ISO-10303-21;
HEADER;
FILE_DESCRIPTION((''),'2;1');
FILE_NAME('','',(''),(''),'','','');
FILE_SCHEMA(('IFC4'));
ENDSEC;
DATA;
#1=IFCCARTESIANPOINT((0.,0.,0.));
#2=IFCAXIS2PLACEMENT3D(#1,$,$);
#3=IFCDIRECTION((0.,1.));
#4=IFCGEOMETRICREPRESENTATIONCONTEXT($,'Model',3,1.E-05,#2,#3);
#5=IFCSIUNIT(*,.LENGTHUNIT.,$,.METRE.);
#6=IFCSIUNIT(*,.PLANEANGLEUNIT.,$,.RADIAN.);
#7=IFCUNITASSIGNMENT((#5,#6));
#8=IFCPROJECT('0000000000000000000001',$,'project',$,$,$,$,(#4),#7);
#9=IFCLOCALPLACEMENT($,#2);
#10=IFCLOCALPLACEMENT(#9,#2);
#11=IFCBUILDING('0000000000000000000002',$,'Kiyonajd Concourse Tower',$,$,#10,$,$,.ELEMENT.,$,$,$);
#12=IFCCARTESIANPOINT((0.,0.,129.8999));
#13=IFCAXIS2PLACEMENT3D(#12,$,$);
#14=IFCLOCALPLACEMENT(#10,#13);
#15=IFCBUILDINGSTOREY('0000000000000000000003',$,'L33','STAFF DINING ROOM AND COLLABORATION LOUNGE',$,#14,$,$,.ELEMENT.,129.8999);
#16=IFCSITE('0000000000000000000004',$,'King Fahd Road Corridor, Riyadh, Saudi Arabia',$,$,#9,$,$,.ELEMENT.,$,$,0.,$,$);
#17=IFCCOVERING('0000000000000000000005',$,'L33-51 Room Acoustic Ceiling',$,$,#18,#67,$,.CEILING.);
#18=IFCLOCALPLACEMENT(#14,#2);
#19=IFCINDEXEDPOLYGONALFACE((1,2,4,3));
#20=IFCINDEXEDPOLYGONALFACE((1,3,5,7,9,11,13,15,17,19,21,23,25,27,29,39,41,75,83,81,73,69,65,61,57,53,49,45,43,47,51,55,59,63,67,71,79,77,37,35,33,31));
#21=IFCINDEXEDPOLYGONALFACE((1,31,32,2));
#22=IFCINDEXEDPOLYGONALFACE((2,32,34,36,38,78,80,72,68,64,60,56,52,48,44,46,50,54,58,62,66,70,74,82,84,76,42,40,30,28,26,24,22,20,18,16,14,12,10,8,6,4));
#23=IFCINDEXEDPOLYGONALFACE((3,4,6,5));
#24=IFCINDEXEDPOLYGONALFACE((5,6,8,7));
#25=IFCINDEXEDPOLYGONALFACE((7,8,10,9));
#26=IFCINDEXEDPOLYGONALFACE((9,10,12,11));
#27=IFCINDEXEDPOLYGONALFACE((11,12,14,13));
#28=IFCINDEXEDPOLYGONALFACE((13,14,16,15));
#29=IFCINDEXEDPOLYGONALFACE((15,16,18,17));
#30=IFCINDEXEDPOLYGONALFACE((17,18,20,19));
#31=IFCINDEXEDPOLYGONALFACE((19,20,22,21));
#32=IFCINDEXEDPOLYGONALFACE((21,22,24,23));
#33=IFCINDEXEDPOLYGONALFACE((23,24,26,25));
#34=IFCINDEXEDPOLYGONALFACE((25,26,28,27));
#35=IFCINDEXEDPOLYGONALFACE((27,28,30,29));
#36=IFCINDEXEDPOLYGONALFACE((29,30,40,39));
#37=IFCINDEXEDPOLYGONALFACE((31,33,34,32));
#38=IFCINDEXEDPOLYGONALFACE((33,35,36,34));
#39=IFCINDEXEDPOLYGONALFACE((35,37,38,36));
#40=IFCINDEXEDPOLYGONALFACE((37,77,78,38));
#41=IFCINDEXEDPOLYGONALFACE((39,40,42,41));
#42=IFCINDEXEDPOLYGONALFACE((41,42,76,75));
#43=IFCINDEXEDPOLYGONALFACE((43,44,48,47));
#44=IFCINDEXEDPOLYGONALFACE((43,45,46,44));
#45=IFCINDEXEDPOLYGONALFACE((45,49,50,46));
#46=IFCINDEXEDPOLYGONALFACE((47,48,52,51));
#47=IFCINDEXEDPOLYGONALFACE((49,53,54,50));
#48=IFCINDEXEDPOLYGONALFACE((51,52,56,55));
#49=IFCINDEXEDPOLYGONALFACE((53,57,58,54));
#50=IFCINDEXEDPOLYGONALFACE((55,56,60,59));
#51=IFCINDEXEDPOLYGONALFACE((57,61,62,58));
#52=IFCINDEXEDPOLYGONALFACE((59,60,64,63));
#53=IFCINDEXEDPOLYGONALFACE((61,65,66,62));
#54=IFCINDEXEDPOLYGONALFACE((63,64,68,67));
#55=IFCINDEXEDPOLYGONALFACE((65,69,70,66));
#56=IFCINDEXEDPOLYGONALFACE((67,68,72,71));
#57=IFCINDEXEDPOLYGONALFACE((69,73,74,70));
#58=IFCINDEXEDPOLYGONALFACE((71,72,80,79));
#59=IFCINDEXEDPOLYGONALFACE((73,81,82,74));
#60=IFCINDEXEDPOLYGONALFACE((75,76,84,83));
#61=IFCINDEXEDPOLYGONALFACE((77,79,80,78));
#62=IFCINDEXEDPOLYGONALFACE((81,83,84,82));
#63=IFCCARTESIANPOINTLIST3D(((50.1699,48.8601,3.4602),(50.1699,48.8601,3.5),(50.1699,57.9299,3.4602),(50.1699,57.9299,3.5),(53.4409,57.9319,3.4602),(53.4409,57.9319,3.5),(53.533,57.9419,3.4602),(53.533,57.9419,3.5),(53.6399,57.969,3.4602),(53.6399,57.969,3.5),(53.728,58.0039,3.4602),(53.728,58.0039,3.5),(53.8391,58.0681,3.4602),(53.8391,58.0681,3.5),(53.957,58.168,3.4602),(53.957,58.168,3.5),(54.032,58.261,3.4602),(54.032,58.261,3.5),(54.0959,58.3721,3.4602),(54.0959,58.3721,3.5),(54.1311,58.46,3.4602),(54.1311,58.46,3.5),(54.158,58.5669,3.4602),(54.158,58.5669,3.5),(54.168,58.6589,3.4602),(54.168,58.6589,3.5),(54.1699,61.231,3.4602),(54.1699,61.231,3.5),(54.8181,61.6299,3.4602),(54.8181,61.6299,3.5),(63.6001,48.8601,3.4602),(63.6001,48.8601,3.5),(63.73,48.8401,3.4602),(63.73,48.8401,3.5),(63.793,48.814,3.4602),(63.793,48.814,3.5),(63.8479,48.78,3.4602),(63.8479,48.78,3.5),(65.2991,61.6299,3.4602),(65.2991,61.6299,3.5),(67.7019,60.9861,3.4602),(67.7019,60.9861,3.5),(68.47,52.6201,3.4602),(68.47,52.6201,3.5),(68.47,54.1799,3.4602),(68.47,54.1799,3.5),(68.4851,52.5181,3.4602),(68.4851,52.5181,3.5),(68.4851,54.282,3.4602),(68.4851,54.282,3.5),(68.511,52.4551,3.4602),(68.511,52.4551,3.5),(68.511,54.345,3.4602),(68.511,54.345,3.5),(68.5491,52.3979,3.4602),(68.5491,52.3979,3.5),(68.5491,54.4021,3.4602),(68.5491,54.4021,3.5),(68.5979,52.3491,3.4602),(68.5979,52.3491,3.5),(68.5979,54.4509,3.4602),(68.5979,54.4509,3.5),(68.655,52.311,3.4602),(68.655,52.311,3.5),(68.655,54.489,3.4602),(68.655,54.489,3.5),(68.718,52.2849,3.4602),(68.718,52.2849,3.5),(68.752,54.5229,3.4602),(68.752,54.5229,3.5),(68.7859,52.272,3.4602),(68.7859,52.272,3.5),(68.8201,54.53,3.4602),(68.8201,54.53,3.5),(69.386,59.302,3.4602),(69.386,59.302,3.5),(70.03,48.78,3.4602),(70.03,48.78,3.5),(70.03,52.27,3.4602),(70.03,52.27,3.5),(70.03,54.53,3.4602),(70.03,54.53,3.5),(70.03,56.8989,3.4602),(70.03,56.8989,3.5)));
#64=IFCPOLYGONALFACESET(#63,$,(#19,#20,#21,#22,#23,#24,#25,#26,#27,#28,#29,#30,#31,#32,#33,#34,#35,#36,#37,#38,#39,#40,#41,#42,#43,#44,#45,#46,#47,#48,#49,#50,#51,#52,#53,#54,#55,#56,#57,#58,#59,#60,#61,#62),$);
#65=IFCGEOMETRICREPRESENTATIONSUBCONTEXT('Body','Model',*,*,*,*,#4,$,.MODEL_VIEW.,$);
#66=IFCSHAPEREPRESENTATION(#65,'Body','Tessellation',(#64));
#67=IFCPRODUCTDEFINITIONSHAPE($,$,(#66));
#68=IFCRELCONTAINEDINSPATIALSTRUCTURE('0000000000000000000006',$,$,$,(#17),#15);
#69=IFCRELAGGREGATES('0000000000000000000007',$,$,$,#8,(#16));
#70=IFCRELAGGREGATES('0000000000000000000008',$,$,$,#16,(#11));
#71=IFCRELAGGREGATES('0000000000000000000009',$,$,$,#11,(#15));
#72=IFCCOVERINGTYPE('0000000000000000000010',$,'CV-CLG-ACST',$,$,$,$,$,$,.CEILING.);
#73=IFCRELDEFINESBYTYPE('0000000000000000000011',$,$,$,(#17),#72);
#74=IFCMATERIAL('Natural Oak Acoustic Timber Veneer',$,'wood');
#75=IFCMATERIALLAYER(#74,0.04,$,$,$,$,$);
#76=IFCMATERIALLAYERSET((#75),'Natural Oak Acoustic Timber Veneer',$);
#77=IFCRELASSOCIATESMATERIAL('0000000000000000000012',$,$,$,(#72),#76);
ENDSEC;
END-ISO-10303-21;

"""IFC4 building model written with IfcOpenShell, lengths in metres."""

from ifc_helpers import new_model, si_unit, direction, frame, origin, place, context, subcontext, project, spatial, polyline, outline, extrude, material, layer, layer_set, type_object, element, save


model = new_model("IFC4")

# Units and contexts
model_context = context("Model", 3, precision=1e-05, world=origin(), true_north=direction((0.0, 1.0)))
body_context = subcontext(model_context, "Body", "Model", "MODEL_VIEW")
ifc_project = project(units=[si_unit("LENGTHUNIT", "METRE"), si_unit("PLANEANGLEUNIT", "RADIAN")], contexts=[model_context])

# Site, building, storey
site_placement = place(None, origin())
site = spatial("IfcSite", under=ifc_project, at=site_placement, Name="King Fahd Road Corridor, Riyadh, Saudi Arabia", CompositionType="ELEMENT", RefElevation=0.0)
building_placement = place(site_placement, origin())
building = spatial("IfcBuilding", under=site, at=building_placement, Name="Kiyonajd Concourse Tower", CompositionType="ELEMENT")
storey_placement = place(building_placement, frame((0.0, 0.0, 129.8999)))
storey = spatial("IfcBuildingStorey", under=building, at=storey_placement, Name="L33", Description="STAFF DINING ROOM AND COLLABORATION LOUNGE", CompositionType="ELEMENT", Elevation=129.8999)

# Shared definitions
ifc_material_1 = material(Name="Natural Oak Acoustic Timber Veneer", Category="wood")

# Covering
ifc_layer_1 = layer(ifc_material_1, 0.04)
ifc_layer_set_1 = layer_set([ifc_layer_1], Name="Natural Oak Acoustic Timber Veneer")
covering_type = type_object("IfcCoveringType", Name="CV-CLG-ACST", PredefinedType="CEILING", material=ifc_layer_set_1)
covering_1_placement = place(storey_placement, frame((0.0, 0.0, 3.4602)))
element("IfcCovering", 1, at=covering_1_placement, inside=storey, type_object=covering_type, Name="L33-51 Room Acoustic Ceiling", PredefinedType="CEILING", context=body_context, shape_type="SweptSolid", body=[
    extrude(outline(polyline([(53.533, 57.9419), (53.6399, 57.969), (53.728, 58.0039), (53.8391, 58.0681), (53.957, 58.168), (54.032, 58.261), (54.0959, 58.3721), (54.1311, 58.46), (54.158, 58.5669), (54.168, 58.6589), (54.1699, 61.231), (54.8181, 61.6299), (65.2991, 61.6299), (67.7019, 60.9861), (69.386, 59.302), (70.03, 56.8989), (70.03, 54.53), (68.8201, 54.53), (68.752, 54.5229), (68.655, 54.489), (68.5979, 54.4509), (68.5491, 54.4021), (68.511, 54.345), (68.4851, 54.282), (68.47, 54.1799), (68.47, 52.6201), (68.4851, 52.5181), (68.511, 52.4551), (68.5491, 52.3979), (68.5979, 52.3491), (68.655, 52.311), (68.718, 52.2849), (68.7859, 52.272), (70.03, 52.27), (70.03, 48.78), (63.8479, 48.78), (63.793, 48.814), (63.73, 48.8401), (63.6001, 48.8601), (50.1699, 48.8601), (50.1699, 57.9299), (53.4409, 57.9319), (53.533, 57.9419)])), origin(), (0.0, 0.0, 1.0), 0.0398),
])

save(model, "model.ifc")
